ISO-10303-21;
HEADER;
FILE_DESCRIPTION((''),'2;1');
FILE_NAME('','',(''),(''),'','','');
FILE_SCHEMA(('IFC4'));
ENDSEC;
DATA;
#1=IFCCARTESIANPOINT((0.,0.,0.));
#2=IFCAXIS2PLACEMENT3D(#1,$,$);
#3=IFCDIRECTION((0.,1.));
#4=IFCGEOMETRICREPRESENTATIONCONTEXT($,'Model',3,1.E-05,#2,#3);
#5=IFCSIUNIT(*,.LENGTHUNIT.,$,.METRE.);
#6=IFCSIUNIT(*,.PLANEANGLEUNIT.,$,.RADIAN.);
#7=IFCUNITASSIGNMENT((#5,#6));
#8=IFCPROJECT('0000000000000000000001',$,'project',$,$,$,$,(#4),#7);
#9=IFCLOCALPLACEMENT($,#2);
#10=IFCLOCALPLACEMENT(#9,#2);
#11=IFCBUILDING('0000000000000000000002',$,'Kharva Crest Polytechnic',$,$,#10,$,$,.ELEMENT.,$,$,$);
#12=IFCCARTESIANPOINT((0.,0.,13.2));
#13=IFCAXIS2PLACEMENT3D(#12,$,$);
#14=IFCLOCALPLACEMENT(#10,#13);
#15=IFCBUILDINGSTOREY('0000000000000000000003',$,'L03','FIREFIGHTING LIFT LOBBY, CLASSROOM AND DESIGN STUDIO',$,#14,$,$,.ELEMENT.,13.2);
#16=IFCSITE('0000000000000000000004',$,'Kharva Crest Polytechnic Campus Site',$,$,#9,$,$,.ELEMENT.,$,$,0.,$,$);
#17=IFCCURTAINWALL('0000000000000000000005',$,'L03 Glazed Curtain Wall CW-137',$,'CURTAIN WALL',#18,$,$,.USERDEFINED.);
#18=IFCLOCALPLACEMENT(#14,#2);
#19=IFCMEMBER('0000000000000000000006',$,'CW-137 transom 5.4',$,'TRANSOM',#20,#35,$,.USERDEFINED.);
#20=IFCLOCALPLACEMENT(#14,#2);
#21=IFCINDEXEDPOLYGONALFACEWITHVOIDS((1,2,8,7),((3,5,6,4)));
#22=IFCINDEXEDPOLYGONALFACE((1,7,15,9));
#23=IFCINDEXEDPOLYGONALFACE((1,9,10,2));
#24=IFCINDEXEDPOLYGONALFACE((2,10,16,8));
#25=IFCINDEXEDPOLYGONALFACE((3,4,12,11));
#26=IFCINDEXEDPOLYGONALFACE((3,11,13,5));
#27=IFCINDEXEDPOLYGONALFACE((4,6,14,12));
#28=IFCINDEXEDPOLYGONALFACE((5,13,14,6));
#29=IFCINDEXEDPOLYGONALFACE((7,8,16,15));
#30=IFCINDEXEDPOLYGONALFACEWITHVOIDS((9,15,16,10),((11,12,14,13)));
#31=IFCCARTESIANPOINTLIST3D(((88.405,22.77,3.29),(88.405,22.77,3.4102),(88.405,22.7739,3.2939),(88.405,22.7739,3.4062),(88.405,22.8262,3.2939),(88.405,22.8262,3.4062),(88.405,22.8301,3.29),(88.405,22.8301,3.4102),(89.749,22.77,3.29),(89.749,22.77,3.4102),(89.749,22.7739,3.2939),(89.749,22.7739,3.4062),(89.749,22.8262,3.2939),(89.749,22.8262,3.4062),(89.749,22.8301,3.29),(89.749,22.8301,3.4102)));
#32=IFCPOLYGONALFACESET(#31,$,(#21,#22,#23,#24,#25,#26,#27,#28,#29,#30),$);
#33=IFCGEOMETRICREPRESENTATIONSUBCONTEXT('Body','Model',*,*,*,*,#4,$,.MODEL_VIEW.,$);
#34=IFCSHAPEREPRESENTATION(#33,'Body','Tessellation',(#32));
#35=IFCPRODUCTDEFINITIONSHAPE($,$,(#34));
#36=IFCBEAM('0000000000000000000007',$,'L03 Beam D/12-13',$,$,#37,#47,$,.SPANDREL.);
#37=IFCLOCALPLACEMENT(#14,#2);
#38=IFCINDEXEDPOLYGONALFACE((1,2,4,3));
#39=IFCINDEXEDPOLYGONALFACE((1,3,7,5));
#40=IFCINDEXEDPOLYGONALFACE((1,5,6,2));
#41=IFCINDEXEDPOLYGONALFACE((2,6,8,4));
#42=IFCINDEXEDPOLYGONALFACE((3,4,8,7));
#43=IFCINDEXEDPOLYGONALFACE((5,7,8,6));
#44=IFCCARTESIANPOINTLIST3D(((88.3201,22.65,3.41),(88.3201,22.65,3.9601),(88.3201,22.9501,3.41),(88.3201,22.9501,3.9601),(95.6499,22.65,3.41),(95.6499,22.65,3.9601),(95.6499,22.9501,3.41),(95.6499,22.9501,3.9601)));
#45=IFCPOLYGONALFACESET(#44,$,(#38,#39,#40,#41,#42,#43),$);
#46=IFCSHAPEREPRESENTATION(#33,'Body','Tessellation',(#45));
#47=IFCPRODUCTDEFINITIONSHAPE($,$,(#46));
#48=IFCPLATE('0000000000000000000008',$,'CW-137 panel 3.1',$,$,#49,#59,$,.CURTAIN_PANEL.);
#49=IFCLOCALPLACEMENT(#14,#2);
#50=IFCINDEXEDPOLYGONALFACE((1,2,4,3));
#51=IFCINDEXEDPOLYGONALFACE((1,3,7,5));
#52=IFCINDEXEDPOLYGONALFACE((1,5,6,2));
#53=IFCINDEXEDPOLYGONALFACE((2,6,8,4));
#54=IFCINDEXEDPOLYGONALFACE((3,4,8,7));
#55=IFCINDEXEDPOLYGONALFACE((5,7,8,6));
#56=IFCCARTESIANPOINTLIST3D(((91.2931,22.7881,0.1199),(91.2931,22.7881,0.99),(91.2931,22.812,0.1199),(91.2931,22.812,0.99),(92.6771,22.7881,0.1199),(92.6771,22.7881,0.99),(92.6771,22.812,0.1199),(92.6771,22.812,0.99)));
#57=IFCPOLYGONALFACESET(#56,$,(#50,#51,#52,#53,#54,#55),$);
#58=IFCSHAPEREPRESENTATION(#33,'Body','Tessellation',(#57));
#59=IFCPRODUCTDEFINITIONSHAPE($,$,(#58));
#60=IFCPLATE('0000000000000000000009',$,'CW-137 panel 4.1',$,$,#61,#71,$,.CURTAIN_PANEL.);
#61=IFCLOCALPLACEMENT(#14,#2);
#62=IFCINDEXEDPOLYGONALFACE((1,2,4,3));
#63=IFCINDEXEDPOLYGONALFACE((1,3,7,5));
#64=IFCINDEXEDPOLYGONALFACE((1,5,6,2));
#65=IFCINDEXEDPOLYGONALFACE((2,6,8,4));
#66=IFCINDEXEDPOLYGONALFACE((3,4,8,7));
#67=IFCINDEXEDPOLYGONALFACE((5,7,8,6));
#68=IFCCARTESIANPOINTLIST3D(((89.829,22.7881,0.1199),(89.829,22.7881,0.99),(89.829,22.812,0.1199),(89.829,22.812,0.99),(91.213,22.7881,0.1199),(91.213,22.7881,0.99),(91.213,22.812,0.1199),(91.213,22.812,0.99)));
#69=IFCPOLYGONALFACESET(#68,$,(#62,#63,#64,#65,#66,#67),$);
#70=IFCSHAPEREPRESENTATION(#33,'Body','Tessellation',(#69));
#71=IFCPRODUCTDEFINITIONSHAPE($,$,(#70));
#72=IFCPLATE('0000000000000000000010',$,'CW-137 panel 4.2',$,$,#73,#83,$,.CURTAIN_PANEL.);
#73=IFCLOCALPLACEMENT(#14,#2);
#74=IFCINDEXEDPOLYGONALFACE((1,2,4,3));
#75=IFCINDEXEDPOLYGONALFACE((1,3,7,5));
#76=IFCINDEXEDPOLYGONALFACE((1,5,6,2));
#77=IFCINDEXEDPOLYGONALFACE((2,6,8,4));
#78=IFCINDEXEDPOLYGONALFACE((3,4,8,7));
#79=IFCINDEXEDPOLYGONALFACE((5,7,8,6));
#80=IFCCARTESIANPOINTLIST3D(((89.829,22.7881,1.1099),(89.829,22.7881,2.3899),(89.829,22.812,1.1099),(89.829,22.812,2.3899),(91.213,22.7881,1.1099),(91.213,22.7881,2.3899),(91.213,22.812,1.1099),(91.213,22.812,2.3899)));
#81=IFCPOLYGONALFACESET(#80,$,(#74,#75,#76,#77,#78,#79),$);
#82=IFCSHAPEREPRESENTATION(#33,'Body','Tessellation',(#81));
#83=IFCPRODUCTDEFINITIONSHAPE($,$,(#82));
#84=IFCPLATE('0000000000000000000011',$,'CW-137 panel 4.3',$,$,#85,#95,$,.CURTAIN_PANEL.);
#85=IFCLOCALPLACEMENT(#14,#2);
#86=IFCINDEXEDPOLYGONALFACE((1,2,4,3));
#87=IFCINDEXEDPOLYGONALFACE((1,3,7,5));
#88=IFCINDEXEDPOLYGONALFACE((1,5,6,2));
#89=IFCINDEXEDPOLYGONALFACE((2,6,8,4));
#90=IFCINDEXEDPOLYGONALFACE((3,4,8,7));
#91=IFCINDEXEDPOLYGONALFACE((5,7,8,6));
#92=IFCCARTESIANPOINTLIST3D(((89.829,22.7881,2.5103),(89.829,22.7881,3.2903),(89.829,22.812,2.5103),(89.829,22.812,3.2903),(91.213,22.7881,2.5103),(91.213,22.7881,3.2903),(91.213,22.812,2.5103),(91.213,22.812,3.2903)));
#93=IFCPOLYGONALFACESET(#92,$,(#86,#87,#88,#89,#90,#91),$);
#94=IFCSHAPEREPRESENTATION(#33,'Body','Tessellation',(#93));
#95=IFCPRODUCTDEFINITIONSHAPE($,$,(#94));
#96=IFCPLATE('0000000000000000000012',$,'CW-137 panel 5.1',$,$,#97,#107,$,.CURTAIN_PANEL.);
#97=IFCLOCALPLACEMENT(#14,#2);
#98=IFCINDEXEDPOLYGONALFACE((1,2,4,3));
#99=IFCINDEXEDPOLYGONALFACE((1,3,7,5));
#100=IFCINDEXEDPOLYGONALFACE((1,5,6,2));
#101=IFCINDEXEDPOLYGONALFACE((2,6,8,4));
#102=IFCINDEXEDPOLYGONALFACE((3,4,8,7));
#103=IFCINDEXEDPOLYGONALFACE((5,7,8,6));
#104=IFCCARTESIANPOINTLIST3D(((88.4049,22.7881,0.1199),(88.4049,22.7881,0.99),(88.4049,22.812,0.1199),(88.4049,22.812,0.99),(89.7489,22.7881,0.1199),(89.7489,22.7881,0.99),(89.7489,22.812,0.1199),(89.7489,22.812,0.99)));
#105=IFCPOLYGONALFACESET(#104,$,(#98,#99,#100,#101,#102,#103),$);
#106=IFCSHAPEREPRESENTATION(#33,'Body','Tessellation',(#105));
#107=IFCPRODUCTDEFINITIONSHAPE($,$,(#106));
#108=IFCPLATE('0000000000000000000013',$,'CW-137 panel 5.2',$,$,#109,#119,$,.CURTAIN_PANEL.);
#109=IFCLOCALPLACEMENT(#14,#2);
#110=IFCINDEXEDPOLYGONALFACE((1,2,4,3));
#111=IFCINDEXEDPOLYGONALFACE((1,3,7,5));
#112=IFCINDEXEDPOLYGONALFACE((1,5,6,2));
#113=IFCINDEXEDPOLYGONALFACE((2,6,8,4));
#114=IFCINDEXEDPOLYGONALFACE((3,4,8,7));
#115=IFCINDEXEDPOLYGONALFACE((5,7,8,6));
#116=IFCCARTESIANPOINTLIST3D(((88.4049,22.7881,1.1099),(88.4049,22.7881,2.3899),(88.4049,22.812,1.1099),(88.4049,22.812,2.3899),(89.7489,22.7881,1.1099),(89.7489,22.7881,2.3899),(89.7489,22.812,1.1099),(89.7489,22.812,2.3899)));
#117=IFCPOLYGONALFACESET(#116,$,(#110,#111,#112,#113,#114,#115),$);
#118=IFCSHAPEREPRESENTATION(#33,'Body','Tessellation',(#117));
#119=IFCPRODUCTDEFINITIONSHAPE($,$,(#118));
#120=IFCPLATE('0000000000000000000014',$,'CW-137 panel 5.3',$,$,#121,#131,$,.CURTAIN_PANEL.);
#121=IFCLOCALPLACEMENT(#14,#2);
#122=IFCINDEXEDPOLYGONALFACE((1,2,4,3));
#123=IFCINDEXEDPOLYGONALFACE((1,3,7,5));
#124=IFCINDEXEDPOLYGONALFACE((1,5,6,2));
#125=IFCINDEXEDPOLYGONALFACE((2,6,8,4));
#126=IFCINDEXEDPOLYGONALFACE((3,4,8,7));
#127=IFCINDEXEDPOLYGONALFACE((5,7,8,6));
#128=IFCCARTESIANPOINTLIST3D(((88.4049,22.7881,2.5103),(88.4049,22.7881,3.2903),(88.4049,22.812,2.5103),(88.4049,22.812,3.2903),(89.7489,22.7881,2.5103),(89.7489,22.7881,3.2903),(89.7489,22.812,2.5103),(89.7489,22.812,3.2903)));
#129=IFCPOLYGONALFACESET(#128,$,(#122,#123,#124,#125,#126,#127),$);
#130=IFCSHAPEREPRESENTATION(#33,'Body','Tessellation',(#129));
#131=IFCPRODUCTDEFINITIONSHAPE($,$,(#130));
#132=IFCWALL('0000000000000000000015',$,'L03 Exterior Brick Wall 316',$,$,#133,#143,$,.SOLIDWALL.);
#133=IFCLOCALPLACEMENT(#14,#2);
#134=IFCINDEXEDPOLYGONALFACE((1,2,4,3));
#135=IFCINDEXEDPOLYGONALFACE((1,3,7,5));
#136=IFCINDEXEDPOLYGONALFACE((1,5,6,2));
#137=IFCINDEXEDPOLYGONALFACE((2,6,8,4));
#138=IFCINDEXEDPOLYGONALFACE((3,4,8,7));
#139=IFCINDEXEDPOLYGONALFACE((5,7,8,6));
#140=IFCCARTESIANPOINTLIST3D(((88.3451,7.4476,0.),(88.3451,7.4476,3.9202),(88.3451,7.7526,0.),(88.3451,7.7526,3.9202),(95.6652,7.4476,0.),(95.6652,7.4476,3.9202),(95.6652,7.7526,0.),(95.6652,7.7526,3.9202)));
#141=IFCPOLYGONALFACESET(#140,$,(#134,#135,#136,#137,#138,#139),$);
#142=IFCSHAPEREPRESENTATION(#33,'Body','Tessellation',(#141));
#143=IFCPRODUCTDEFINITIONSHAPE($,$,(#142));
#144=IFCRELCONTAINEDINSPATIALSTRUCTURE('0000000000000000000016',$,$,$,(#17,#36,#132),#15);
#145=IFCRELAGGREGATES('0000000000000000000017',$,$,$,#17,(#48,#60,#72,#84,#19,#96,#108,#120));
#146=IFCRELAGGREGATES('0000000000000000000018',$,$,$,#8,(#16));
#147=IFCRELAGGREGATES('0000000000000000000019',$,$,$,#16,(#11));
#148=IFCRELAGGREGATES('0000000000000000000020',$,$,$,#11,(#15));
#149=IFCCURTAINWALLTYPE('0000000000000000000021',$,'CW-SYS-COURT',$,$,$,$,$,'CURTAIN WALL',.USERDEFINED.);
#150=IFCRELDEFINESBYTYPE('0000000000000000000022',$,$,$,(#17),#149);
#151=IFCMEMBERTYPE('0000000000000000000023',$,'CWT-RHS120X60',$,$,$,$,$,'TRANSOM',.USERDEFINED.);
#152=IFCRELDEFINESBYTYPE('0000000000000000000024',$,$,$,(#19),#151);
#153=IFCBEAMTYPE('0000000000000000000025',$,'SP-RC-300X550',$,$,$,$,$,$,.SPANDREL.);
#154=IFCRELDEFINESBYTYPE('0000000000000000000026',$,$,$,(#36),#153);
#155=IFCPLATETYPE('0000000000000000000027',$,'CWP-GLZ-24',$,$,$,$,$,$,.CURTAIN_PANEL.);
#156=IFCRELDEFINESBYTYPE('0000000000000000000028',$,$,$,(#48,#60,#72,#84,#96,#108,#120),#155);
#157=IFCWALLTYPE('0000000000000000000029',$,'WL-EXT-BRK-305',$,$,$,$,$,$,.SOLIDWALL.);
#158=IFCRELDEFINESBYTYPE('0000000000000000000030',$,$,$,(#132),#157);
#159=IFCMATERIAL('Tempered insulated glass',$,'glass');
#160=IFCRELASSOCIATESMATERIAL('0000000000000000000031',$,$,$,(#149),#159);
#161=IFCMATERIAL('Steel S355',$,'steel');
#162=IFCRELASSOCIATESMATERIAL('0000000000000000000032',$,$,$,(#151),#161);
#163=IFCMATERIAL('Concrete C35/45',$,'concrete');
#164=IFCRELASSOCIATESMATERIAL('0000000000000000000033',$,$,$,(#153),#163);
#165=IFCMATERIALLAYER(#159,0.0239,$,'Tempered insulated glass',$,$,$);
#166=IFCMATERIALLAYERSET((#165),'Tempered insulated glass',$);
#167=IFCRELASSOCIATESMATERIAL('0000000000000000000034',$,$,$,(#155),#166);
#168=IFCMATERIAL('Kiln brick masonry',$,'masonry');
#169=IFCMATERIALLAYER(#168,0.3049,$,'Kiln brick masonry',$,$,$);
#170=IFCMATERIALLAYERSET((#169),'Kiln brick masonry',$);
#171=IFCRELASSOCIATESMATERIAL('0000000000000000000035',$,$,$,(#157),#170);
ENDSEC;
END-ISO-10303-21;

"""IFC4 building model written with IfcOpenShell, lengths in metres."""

from ifc_helpers import new_model, si_unit, direction, frame, frame_2d, origin, origin_2d, place, context, subcontext, project, spatial, rectangle, hollow_rectangle, extrude, material, layer, layer_set, material_profile, profile_set, type_object, element, aggregate, save


model = new_model("IFC4")

# Units and contexts
model_context = context("Model", 3, precision=1e-05, world=origin(), true_north=direction((0.0, 1.0)))
body_context = subcontext(model_context, "Body", "Model", "MODEL_VIEW")
ifc_project = project(units=[si_unit("LENGTHUNIT", "METRE"), si_unit("PLANEANGLEUNIT", "RADIAN")], contexts=[model_context])

# Site, building, storey
site_placement = place(None, origin())
site = spatial("IfcSite", under=ifc_project, at=site_placement, Name="Kharva Crest Polytechnic Campus Site", CompositionType="ELEMENT", RefElevation=0.0)
building_placement = place(site_placement, origin())
building = spatial("IfcBuilding", under=site, at=building_placement, Name="Kharva Crest Polytechnic", CompositionType="ELEMENT")
storey_placement = place(building_placement, frame((0.0, 0.0, 13.2)))
storey = spatial("IfcBuildingStorey", under=building, at=storey_placement, Name="L03", Description="FIREFIGHTING LIFT LOBBY, CLASSROOM AND DESIGN STUDIO", CompositionType="ELEMENT", Elevation=13.2)

# Shared definitions
ifc_material_1 = material(Name="Concrete C35/45", Category="concrete")

# Curtain wall, member
ifc_material_2 = material(Name="Tempered insulated glass", Category="glass")
curtain_wall_type = type_object("IfcCurtainWallType", Name="CW-SYS-COURT", ElementType="CURTAIN WALL", PredefinedType="USERDEFINED", material=ifc_material_2)
curtain_wall_placement = place(storey_placement, origin())
curtain_wall = element("IfcCurtainWall", 1, at=curtain_wall_placement, inside=storey, type_object=curtain_wall_type, Name="L03 Glazed Curtain Wall CW-137", ObjectType="CURTAIN WALL", PredefinedType="USERDEFINED")
ifc_material_3 = material(Name="Steel S355", Category="steel")
ifc_material_profile_1 = material_profile(ifc_material_3, hollow_rectangle(XDim=0.0601, YDim=0.1201, WallThickness=0.0039, at=origin_2d()), Name="RHS 120X60X4.0")
ifc_profile_set_1 = profile_set([ifc_material_profile_1], Name="Steel S355")
member_type_1 = type_object("IfcMemberType", Name="CWT-RHS120X60", ElementType="TRANSOM", PredefinedType="USERDEFINED", material=ifc_profile_set_1)
member_1_placement = place(storey_placement, frame((89.749, 22.8, 3.3501), z_axis=(-1.0, 0.0, 0.0), x_axis=(0.0, -1.0, 0.0)))
member_1 = element("IfcMember", 2, at=member_1_placement, type_object=member_type_1, Name="CW-137 transom 5.4", ObjectType="TRANSOM", PredefinedType="USERDEFINED", context=body_context, shape_type="SweptSolid", body=[
    extrude(hollow_rectangle(XDim=0.0601, YDim=0.1201, WallThickness=0.0039, at=origin_2d()), origin(), (0.0, 0.0, 1.0), 1.344),
])

# Beam
ifc_material_profile_2 = material_profile(ifc_material_1, rectangle(XDim=0.3, YDim=0.55, at=origin_2d()), Name="RECT 300 X 550")
ifc_profile_set_2 = profile_set([ifc_material_profile_2], Name="Concrete C35/45")
beam_type_1 = type_object("IfcBeamType", Name="SP-RC-300X550", PredefinedType="SPANDREL", material=ifc_profile_set_2)
beam_1_placement = place(storey_placement, frame((88.3201, 22.8, 3.6851), z_axis=(1.0, 0.0, 0.0), x_axis=(0.0, 1.0, 0.0)))
element("IfcBeam", 3, at=beam_1_placement, inside=storey, type_object=beam_type_1, Name="L03 Beam D/12-13", PredefinedType="SPANDREL", context=body_context, shape_type="SweptSolid", body=[
    extrude(rectangle(XDim=0.3, YDim=0.55, at=origin_2d()), origin(), (0.0, 0.0, 1.0), 7.3298),
])

# Plates
ifc_layer_1 = layer(ifc_material_2, 0.0239, Name="Tempered insulated glass")
ifc_layer_set_1 = layer_set([ifc_layer_1], Name="Tempered insulated glass")
plate_type = type_object("IfcPlateType", Name="CWP-GLZ-24", PredefinedType="CURTAIN_PANEL", material=ifc_layer_set_1)
plate_1_placement = place(storey_placement, frame((91.9851, 22.8, 0.1199), z_axis=(0.0, 0.0, 1.0), x_axis=(-1.0, 0.0, 0.0)))
plate_1 = element("IfcPlate", 4, at=plate_1_placement, type_object=plate_type, Name="CW-137 panel 3.1", PredefinedType="CURTAIN_PANEL", context=body_context, shape_type="SweptSolid", body=[
    extrude(rectangle(XDim=1.384, YDim=0.0239, at=origin_2d()), origin(), (0.0, 0.0, 1.0), 0.8701),
])
plate_2_placement = place(storey_placement, frame((90.521, 22.8, 0.1199), z_axis=(0.0, 0.0, 1.0), x_axis=(-1.0, 0.0, 0.0)))
plate_2 = element("IfcPlate", 5, at=plate_2_placement, type_object=plate_type, Name="CW-137 panel 4.1", PredefinedType="CURTAIN_PANEL", context=body_context, shape_type="SweptSolid", body=[
    extrude(rectangle(XDim=1.384, YDim=0.0239, at=origin_2d()), origin(), (0.0, 0.0, 1.0), 0.8701),
])
plate_3_placement = place(storey_placement, frame((90.521, 22.8, 1.1099), z_axis=(0.0, 0.0, 1.0), x_axis=(-1.0, 0.0, 0.0)))
plate_3 = element("IfcPlate", 6, at=plate_3_placement, type_object=plate_type, Name="CW-137 panel 4.2", PredefinedType="CURTAIN_PANEL", context=body_context, shape_type="SweptSolid", body=[
    extrude(rectangle(XDim=1.384, YDim=0.0239, at=origin_2d()), origin(), (0.0, 0.0, 1.0), 1.28),
])
plate_4_placement = place(storey_placement, frame((90.521, 22.8, 2.5103), z_axis=(0.0, 0.0, 1.0), x_axis=(-1.0, 0.0, 0.0)))
plate_4 = element("IfcPlate", 7, at=plate_4_placement, type_object=plate_type, Name="CW-137 panel 4.3", PredefinedType="CURTAIN_PANEL", context=body_context, shape_type="SweptSolid", body=[
    extrude(rectangle(XDim=1.384, YDim=0.0239, at=origin_2d()), origin(), (0.0, 0.0, 1.0), 0.78),
])
plate_5_placement = place(storey_placement, frame((89.0769, 22.8, 0.1199), z_axis=(0.0, 0.0, 1.0), x_axis=(-1.0, 0.0, 0.0)))
plate_5 = element("IfcPlate", 8, at=plate_5_placement, type_object=plate_type, Name="CW-137 panel 5.1", PredefinedType="CURTAIN_PANEL", context=body_context, shape_type="SweptSolid", body=[
    extrude(rectangle(XDim=1.344, YDim=0.0239, at=origin_2d()), origin(), (0.0, 0.0, 1.0), 0.8701),
])
plate_6_placement = place(storey_placement, frame((89.0769, 22.8, 1.1099), z_axis=(0.0, 0.0, 1.0), x_axis=(-1.0, 0.0, 0.0)))
plate_6 = element("IfcPlate", 9, at=plate_6_placement, type_object=plate_type, Name="CW-137 panel 5.2", PredefinedType="CURTAIN_PANEL", context=body_context, shape_type="SweptSolid", body=[
    extrude(rectangle(XDim=1.344, YDim=0.0239, at=origin_2d()), origin(), (0.0, 0.0, 1.0), 1.28),
])
plate_7_placement = place(storey_placement, frame((89.0769, 22.8, 2.5103), z_axis=(0.0, 0.0, 1.0), x_axis=(-1.0, 0.0, 0.0)))
plate_7 = element("IfcPlate", 10, at=plate_7_placement, type_object=plate_type, Name="CW-137 panel 5.3", PredefinedType="CURTAIN_PANEL", context=body_context, shape_type="SweptSolid", body=[
    extrude(rectangle(XDim=1.344, YDim=0.0239, at=origin_2d()), origin(), (0.0, 0.0, 1.0), 0.78),
])
aggregate(curtain_wall, [plate_1, plate_2, plate_3, plate_4, member_1, plate_5, plate_6, plate_7])

# Wall
ifc_material_4 = material(Name="Kiln brick masonry", Category="masonry")
ifc_layer_2 = layer(ifc_material_4, 0.3049, Name="Kiln brick masonry")
ifc_layer_set_2 = layer_set([ifc_layer_2], Name="Kiln brick masonry")
wall_type = type_object("IfcWallType", Name="WL-EXT-BRK-305", PredefinedType="SOLIDWALL", material=ifc_layer_set_2)
wall_placement = place(storey_placement, frame((88.345, 7.6001, 0.0), z_axis=(0.0, 0.0, 1.0), x_axis=(1.0, 0.0, 0.0)))
element("IfcWall", 11, at=wall_placement, inside=storey, type_object=wall_type, Name="L03 Exterior Brick Wall 316", PredefinedType="SOLIDWALL", context=body_context, shape_type="SweptSolid", body=[
    extrude(rectangle(XDim=7.3201, YDim=0.3049, at=frame_2d((3.6602, 0.0))), origin(), (0.0, 0.0, 1.0), 3.9202),
])

save(model, "model.ifc")
